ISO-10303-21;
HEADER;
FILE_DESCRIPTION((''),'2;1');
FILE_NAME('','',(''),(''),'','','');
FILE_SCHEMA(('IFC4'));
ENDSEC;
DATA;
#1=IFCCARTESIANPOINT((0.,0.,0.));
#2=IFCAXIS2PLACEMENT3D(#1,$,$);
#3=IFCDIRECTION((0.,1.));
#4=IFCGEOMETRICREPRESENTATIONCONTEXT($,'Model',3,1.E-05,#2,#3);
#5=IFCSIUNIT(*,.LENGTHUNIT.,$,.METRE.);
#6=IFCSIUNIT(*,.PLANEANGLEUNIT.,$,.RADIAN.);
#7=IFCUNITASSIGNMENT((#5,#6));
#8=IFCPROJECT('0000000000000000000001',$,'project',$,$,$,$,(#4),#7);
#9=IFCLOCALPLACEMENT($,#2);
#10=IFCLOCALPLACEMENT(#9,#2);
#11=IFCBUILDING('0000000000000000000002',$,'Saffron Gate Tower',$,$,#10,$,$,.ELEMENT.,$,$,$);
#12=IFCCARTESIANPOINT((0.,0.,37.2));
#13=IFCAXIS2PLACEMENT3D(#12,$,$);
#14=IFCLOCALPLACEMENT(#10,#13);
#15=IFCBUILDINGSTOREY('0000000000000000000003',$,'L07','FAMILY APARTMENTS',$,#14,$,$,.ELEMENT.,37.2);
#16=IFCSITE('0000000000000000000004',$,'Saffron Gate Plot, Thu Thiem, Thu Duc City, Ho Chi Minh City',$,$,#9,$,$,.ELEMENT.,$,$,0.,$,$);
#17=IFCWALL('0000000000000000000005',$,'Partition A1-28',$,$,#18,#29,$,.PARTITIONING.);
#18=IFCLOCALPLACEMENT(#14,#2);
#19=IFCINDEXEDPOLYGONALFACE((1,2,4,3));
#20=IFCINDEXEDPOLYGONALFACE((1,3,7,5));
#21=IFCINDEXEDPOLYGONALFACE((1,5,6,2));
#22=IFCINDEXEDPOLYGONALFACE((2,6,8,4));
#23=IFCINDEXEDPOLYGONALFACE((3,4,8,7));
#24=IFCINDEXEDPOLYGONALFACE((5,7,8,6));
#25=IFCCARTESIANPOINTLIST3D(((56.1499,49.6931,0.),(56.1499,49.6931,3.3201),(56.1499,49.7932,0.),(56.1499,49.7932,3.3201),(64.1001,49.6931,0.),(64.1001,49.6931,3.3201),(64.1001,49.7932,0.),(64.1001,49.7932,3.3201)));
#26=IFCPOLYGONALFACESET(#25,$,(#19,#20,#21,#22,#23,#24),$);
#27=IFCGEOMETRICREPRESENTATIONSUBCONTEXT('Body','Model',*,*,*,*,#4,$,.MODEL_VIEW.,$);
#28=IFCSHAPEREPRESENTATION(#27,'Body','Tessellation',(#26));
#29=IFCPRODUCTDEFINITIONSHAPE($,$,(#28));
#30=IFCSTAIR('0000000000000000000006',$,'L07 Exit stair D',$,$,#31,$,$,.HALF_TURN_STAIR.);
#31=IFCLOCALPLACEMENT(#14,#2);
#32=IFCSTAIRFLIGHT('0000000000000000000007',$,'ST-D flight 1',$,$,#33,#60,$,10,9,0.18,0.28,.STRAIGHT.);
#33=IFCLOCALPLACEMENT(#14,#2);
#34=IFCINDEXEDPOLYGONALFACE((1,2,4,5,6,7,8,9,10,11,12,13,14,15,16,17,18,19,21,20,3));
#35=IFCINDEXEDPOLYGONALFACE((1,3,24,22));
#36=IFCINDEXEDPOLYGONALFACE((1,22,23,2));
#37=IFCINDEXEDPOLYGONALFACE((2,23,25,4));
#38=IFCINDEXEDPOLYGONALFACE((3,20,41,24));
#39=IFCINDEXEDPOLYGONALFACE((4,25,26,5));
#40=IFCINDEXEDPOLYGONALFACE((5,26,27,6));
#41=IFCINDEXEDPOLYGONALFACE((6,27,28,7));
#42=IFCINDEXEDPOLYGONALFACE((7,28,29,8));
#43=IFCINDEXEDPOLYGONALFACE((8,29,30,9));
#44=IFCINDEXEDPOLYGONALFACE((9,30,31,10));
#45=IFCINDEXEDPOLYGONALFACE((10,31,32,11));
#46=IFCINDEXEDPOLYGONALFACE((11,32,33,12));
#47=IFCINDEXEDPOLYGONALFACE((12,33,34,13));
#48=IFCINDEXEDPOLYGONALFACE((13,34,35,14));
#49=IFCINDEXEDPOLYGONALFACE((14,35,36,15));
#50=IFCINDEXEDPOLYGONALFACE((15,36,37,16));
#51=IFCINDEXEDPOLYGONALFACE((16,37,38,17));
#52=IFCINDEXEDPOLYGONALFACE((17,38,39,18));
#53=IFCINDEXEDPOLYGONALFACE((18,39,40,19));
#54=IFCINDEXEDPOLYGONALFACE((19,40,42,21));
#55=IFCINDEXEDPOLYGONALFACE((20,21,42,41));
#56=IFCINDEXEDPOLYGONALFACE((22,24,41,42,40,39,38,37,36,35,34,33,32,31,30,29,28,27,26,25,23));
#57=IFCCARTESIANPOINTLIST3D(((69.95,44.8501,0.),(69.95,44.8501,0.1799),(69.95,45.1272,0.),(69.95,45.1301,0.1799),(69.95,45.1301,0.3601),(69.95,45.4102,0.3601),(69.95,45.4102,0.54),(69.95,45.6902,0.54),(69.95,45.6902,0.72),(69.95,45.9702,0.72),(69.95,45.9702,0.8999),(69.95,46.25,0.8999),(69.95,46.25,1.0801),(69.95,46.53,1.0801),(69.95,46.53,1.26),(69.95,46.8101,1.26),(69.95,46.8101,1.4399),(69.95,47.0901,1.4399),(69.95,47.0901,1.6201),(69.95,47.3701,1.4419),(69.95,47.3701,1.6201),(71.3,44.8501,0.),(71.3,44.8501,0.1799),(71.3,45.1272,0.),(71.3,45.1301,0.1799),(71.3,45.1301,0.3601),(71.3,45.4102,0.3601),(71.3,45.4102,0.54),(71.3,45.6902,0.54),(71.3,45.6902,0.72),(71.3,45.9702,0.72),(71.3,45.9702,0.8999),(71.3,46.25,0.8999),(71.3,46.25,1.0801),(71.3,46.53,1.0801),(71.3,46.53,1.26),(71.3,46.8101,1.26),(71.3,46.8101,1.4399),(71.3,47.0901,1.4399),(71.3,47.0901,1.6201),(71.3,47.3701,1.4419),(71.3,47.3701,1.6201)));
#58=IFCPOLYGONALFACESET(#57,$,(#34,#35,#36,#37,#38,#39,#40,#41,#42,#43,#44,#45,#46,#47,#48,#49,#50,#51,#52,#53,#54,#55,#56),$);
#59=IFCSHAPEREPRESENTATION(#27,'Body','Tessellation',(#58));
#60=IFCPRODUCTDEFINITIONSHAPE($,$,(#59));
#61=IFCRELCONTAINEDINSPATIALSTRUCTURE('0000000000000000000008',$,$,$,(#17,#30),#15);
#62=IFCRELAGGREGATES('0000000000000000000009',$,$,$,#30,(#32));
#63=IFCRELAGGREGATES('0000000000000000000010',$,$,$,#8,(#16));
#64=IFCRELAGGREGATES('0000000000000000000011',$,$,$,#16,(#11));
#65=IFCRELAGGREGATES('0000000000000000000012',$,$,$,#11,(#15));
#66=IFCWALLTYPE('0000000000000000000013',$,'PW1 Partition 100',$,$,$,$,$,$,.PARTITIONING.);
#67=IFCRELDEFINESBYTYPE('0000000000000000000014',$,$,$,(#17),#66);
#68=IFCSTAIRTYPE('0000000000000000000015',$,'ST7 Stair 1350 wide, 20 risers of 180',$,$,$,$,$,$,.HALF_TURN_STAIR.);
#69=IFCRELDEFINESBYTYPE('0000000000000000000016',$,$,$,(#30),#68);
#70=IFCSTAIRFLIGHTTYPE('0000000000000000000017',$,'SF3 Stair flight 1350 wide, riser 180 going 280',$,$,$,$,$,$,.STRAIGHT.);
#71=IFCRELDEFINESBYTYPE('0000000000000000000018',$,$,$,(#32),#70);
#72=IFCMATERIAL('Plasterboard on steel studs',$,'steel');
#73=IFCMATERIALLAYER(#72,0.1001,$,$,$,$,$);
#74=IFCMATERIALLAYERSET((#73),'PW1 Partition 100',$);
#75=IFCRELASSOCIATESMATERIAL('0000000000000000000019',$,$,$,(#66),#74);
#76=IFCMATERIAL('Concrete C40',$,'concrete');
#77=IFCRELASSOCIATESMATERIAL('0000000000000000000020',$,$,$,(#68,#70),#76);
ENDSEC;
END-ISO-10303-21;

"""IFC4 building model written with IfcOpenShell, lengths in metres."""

from ifc_helpers import new_model, si_unit, direction, frame, frame_2d, origin, place, context, subcontext, project, spatial, polyline, rectangle, outline, extrude, material, layer, layer_set, type_object, element, aggregate, save


model = new_model("IFC4")

# Units and contexts
model_context = context("Model", 3, precision=1e-05, world=origin(), true_north=direction((0.0, 1.0)))
body_context = subcontext(model_context, "Body", "Model", "MODEL_VIEW")
ifc_project = project(units=[si_unit("LENGTHUNIT", "METRE"), si_unit("PLANEANGLEUNIT", "RADIAN")], contexts=[model_context])

# Site, building, storey
site_placement = place(None, origin())
site = spatial("IfcSite", under=ifc_project, at=site_placement, Name="Saffron Gate Plot, Thu Thiem, Thu Duc City, Ho Chi Minh City", CompositionType="ELEMENT", RefElevation=0.0)
building_placement = place(site_placement, origin())
building = spatial("IfcBuilding", under=site, at=building_placement, Name="Saffron Gate Tower", CompositionType="ELEMENT")
storey_placement = place(building_placement, frame((0.0, 0.0, 37.2)))
storey = spatial("IfcBuildingStorey", under=building, at=storey_placement, Name="L07", Description="FAMILY APARTMENTS", CompositionType="ELEMENT", Elevation=37.2)

# Wall
ifc_material_1 = material(Name="Plasterboard on steel studs", Category="steel")
ifc_layer_1 = layer(ifc_material_1, 0.1001)
ifc_layer_set_1 = layer_set([ifc_layer_1], Name="PW1 Partition 100")
wall_type_1 = type_object("IfcWallType", Name="PW1 Partition 100", PredefinedType="PARTITIONING", material=ifc_layer_set_1)
wall_1_placement = place(storey_placement, frame((56.1499, 49.7432, 0.0), z_axis=(0.0, 0.0, 1.0), x_axis=(1.0, 0.0, 0.0)))
element("IfcWall", 1, at=wall_1_placement, inside=storey, type_object=wall_type_1, Name="Partition A1-28", PredefinedType="PARTITIONING", context=body_context, shape_type="SweptSolid", body=[
    extrude(rectangle(XDim=7.9502, YDim=0.1001, at=frame_2d((3.9751, 0.0))), origin(), (0.0, 0.0, 1.0), 3.3201),
])

# Stair, stair flight
ifc_material_2 = material(Name="Concrete C40", Category="concrete")
stair_type = type_object("IfcStairType", Name="ST7 Stair 1350 wide, 20 risers of 180", PredefinedType="HALF_TURN_STAIR", material=ifc_material_2)
stair_placement = place(storey_placement, origin())
stair = element("IfcStair", 2, at=stair_placement, inside=storey, type_object=stair_type, Name="L07 Exit stair D", PredefinedType="HALF_TURN_STAIR")
stair_flight_type = type_object("IfcStairFlightType", Name="SF3 Stair flight 1350 wide, riser 180 going 280", PredefinedType="STRAIGHT", material=ifc_material_2)
stair_flight_placement = place(storey_placement, frame((70.625, 44.8501, 0.0), z_axis=(0.0, 0.0, 1.0), x_axis=(0.0, 1.0, 0.0)))
stair_flight = element("IfcStairFlight", 3, at=stair_flight_placement, type_object=stair_flight_type, Name="ST-D flight 1", NumberOfRisers=10, NumberOfTreads=9, PredefinedType="STRAIGHT", RiserHeight=0.18, TreadLength=0.28, context=body_context, shape_type="SweptSolid", body=[
    extrude(outline(polyline([(0.0, 0.0), (0.0, 0.1799), (0.28, 0.1799), (0.28, 0.3601), (0.5601, 0.3601), (0.5601, 0.54), (0.8401, 0.54), (0.8401, 0.72), (1.1201, 0.72), (1.1201, 0.8999), (1.3999, 0.8999), (1.3999, 1.0801), (1.6799, 1.0801), (1.6799, 1.26), (1.96, 1.26), (1.96, 1.4399), (2.24, 1.4399), (2.24, 1.6201), (2.52, 1.6201), (2.52, 1.8), (2.52, 1.4419), (0.2771, 0.0), (0.0, 0.0)])), frame((0.0, 0.675, 0.0), z_axis=(0.0, -1.0, 0.0), x_axis=(1.0, 0.0, 0.0)), (0.0, 0.0, 1.0), 1.3501),
])
aggregate(stair, [stair_flight])

save(model, "model.ifc")
